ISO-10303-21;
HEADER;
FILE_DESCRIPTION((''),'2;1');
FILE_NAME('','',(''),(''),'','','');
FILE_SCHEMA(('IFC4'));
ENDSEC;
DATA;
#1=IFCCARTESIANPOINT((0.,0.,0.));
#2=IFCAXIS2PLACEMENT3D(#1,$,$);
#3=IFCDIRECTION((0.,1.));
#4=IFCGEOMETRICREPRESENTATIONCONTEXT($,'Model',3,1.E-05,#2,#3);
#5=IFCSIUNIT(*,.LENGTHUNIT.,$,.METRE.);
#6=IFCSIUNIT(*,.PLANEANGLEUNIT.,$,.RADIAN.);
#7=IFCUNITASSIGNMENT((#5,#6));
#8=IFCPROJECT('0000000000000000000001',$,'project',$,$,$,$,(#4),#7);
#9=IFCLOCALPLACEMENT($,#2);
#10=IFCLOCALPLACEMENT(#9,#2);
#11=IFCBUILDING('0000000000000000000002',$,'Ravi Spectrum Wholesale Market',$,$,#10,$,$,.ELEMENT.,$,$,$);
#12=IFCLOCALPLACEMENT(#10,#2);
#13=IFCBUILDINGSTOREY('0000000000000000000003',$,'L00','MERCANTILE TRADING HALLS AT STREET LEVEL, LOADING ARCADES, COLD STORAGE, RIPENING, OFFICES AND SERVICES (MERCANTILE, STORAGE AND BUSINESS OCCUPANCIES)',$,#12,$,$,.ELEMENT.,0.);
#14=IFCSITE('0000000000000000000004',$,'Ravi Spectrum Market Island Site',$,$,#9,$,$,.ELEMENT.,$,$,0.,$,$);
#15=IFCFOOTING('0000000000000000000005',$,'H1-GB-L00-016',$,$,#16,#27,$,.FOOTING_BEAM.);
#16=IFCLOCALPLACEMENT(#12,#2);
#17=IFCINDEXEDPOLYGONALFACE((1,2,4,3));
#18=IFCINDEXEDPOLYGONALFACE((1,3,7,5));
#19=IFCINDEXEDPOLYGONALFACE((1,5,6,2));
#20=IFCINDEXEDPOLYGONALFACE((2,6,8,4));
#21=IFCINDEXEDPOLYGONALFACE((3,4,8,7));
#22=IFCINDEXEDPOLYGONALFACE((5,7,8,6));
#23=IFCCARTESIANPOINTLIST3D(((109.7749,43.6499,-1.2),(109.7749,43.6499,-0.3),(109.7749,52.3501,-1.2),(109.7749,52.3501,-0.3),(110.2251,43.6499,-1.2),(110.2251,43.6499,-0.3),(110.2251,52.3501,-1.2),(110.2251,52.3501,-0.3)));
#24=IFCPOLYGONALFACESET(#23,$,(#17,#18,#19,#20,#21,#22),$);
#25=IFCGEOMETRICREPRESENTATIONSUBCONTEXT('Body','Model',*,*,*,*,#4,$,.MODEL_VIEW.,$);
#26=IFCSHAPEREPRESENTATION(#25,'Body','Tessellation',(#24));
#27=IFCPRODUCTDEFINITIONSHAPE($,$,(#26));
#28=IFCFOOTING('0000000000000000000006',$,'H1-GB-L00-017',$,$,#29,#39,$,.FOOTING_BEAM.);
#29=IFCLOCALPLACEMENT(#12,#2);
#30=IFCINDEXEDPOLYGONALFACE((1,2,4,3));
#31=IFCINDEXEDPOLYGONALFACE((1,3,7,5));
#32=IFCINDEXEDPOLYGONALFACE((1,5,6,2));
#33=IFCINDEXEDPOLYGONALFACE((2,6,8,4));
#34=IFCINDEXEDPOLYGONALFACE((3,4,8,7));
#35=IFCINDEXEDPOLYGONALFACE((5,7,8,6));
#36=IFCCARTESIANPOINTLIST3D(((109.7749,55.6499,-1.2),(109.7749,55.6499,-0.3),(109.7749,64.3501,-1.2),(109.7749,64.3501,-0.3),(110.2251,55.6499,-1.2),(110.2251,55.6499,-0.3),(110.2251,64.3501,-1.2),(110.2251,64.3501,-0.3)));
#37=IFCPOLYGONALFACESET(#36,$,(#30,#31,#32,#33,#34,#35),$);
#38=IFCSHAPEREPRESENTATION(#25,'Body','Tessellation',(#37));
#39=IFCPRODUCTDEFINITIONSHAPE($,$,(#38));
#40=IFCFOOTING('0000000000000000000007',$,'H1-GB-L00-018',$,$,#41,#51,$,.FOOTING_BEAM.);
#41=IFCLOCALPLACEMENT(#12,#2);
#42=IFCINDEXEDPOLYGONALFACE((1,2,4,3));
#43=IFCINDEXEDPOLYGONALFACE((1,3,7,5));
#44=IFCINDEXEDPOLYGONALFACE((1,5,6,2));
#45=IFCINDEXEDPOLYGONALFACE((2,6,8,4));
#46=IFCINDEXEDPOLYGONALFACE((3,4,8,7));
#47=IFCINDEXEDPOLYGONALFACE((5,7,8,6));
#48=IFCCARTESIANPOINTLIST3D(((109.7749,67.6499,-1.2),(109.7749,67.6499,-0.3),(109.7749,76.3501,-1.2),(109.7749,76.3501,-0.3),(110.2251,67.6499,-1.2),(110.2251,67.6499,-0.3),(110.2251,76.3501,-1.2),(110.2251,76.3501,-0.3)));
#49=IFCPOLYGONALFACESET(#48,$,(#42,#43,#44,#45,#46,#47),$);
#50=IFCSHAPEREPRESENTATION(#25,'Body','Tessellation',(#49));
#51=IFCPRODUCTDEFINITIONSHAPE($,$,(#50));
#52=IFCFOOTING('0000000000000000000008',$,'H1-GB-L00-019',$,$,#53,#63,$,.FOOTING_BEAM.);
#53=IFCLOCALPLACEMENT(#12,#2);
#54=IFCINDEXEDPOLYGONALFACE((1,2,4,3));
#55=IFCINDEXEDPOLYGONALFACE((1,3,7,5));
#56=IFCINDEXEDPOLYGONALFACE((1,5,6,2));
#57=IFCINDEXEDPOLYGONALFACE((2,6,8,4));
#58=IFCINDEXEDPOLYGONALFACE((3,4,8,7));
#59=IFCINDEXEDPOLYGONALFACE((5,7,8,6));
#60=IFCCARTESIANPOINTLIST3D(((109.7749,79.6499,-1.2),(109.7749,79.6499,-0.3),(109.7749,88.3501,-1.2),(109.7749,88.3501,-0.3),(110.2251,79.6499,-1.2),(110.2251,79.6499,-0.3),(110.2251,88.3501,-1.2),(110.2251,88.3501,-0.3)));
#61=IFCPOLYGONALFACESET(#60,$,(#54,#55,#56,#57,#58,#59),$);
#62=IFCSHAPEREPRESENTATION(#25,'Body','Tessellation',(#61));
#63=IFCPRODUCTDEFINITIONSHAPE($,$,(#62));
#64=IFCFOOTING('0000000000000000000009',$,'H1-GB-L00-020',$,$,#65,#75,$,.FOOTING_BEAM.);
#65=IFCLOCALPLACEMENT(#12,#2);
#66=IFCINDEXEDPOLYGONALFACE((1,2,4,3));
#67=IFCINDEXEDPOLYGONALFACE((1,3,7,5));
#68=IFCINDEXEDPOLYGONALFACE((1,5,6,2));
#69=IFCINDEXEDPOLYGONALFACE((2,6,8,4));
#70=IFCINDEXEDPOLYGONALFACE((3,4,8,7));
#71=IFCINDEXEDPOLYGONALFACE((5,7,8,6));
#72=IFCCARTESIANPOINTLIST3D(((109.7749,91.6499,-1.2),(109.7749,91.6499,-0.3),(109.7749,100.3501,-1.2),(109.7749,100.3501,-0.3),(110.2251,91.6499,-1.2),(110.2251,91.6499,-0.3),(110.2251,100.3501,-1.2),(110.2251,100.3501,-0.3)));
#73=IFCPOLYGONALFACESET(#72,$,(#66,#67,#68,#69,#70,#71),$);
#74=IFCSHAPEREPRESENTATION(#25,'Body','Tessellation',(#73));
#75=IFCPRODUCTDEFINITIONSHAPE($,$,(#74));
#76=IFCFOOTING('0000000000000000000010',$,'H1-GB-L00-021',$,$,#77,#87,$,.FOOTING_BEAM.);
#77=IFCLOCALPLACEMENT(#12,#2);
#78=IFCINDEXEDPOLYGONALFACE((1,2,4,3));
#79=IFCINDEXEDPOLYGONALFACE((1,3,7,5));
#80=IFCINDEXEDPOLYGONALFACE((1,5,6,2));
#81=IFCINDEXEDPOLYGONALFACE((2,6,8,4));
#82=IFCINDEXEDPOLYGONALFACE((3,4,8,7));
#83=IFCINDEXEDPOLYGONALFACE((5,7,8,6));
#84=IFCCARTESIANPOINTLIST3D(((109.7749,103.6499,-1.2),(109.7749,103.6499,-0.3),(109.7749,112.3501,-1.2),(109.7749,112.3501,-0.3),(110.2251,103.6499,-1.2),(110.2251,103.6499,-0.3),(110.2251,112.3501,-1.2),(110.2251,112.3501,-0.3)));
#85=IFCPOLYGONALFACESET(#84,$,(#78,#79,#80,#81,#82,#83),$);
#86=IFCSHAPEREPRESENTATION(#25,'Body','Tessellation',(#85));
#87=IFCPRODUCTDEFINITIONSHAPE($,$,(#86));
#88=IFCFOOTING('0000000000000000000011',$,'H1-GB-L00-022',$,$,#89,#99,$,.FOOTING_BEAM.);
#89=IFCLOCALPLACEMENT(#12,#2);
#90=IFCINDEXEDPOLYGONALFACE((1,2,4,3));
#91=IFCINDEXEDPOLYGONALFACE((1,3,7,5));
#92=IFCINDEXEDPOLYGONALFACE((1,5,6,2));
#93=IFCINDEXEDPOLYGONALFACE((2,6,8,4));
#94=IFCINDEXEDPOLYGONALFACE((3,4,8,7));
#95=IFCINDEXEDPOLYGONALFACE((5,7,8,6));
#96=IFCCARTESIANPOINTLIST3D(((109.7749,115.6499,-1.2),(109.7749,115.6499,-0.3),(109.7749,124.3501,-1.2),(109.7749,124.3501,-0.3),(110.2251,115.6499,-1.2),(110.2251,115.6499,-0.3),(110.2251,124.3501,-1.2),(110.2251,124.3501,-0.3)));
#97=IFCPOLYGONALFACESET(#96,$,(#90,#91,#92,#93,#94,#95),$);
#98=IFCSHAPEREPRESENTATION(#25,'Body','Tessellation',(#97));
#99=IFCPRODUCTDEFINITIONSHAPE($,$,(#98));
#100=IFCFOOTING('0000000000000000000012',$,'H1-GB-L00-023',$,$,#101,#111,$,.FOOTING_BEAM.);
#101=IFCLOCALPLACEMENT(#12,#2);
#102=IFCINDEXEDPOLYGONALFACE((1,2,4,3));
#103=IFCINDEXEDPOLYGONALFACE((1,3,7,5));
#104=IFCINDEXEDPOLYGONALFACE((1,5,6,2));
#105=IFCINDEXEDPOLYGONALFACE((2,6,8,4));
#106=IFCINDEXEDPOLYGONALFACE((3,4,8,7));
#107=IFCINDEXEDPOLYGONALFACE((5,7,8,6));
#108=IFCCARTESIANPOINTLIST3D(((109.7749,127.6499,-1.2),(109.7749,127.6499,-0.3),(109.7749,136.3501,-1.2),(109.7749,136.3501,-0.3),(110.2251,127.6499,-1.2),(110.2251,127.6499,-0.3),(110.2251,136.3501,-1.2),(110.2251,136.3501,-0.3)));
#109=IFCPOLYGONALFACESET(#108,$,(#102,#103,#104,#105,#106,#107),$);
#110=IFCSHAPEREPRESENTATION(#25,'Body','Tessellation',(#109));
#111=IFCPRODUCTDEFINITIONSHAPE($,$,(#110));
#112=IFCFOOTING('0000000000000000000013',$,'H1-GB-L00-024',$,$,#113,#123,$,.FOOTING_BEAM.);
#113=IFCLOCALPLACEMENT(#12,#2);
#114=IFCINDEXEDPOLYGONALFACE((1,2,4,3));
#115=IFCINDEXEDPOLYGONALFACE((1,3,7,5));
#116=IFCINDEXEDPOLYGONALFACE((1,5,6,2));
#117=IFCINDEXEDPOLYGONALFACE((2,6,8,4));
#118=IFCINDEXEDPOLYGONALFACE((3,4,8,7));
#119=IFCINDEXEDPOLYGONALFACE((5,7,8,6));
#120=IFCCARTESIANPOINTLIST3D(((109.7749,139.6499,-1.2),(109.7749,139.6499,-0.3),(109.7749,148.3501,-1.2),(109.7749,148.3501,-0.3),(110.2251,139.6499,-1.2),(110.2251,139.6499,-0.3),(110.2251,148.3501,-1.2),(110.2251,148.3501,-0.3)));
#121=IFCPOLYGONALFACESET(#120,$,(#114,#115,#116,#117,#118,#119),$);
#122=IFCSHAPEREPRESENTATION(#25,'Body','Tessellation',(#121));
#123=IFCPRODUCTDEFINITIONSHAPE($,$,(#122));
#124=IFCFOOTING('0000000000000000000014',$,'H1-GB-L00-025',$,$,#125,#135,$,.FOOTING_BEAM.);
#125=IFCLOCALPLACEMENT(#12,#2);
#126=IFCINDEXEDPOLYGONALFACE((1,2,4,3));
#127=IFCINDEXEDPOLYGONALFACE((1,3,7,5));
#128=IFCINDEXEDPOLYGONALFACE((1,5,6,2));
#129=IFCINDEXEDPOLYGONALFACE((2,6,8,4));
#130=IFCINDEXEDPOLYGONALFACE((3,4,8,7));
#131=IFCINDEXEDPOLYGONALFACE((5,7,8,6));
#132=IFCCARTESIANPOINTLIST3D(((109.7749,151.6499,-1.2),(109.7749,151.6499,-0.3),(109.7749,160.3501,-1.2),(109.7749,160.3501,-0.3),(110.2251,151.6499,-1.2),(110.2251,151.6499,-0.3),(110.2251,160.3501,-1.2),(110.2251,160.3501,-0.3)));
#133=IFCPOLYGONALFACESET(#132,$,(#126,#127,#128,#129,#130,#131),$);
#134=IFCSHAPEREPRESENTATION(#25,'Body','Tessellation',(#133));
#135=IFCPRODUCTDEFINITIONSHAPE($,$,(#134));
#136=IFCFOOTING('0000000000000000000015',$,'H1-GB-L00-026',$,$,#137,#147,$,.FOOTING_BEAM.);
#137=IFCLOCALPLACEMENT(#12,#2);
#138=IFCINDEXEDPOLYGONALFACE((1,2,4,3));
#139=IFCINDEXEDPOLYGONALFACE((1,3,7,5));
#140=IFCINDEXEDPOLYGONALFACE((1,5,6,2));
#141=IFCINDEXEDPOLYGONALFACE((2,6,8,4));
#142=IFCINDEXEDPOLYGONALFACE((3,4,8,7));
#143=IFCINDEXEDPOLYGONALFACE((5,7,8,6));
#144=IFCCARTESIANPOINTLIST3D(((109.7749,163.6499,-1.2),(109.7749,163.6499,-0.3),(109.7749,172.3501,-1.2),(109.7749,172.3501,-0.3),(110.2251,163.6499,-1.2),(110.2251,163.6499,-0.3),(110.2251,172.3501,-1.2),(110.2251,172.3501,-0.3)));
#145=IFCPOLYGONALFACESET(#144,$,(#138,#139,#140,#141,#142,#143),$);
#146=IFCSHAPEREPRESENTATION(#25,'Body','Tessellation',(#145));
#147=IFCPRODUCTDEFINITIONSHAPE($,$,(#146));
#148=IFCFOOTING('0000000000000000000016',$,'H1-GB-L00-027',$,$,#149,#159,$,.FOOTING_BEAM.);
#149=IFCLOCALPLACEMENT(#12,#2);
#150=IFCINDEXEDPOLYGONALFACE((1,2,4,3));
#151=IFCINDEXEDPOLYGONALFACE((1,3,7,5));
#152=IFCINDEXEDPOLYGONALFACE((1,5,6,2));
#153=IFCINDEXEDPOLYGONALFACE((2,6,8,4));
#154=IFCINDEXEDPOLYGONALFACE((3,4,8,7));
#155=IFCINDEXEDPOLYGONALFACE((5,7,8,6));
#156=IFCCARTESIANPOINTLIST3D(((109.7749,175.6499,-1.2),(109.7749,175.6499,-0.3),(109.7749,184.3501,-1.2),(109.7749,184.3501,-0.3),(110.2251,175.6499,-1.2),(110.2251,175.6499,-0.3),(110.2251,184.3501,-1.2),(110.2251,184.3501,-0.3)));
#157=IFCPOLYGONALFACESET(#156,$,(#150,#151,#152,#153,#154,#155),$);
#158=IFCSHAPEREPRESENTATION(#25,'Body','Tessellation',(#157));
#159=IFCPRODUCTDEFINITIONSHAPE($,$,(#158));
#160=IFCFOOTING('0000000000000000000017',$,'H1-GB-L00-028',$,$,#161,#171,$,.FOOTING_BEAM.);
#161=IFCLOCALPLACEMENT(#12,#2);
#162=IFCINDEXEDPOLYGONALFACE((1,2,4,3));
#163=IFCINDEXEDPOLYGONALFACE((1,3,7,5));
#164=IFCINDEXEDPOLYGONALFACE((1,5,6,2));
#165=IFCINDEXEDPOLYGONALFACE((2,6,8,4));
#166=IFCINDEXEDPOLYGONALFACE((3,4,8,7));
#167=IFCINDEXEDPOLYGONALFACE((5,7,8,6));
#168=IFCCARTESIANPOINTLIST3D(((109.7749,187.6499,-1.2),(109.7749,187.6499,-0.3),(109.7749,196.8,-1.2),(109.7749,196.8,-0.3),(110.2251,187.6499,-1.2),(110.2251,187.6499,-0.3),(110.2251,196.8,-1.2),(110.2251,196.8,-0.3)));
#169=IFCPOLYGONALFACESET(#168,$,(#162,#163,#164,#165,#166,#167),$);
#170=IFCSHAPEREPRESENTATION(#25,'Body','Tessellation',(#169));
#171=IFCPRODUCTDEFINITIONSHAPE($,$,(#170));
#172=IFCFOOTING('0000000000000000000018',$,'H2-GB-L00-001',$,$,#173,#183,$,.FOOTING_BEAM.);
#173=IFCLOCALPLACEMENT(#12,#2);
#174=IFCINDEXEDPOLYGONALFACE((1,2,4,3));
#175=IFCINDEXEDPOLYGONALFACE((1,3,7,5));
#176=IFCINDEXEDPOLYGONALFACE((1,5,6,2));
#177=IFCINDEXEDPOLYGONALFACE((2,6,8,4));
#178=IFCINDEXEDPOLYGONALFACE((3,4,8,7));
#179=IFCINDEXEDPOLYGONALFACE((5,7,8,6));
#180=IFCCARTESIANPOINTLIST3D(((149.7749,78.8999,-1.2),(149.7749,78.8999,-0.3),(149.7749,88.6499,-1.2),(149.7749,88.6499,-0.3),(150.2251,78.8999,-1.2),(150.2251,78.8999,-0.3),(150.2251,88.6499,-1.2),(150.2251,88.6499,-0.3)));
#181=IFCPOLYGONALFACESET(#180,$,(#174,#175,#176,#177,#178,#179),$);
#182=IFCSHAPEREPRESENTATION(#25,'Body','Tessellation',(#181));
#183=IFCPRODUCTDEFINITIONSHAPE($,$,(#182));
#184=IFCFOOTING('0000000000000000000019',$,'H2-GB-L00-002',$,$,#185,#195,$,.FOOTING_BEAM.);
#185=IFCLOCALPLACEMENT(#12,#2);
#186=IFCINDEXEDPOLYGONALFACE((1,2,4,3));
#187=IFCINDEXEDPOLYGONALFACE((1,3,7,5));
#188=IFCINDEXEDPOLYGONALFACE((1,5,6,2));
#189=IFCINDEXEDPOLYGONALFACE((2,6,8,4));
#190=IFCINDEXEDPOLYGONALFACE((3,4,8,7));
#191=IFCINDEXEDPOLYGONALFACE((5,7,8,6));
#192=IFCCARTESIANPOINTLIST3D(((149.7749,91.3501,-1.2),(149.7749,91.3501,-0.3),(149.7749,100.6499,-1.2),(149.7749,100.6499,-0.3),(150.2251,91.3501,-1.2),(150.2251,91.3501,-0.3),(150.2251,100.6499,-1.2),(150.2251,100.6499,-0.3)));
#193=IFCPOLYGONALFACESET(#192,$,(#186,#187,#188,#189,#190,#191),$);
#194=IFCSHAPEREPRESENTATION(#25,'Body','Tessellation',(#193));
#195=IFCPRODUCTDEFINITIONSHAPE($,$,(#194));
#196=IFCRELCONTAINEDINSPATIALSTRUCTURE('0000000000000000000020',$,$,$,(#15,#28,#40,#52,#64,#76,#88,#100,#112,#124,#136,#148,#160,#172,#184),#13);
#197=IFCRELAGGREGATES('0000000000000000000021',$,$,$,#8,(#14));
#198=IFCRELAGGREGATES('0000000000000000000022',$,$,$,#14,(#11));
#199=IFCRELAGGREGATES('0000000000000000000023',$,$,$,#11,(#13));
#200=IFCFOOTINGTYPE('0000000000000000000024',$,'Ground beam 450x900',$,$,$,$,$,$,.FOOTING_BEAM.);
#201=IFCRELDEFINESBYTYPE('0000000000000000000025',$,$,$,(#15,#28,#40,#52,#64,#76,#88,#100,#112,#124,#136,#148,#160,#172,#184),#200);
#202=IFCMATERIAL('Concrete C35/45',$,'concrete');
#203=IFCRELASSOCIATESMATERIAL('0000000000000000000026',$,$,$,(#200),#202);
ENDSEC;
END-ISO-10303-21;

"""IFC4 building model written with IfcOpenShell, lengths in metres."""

from ifc_helpers import new_model, si_unit, direction, frame, origin, place, context, subcontext, project, spatial, polyline, outline, extrude, material, type_object, element, save


model = new_model("IFC4")

# Units and contexts
model_context = context("Model", 3, precision=1e-05, world=origin(), true_north=direction((0.0, 1.0)))
body_context = subcontext(model_context, "Body", "Model", "MODEL_VIEW")
ifc_project = project(units=[si_unit("LENGTHUNIT", "METRE"), si_unit("PLANEANGLEUNIT", "RADIAN")], contexts=[model_context])

# Site, building, storey
site_placement = place(None, origin())
site = spatial("IfcSite", under=ifc_project, at=site_placement, Name="Ravi Spectrum Market Island Site", CompositionType="ELEMENT", RefElevation=0.0)
building_placement = place(site_placement, origin())
building = spatial("IfcBuilding", under=site, at=building_placement, Name="Ravi Spectrum Wholesale Market", CompositionType="ELEMENT")
storey_placement = place(building_placement, origin())
storey = spatial("IfcBuildingStorey", under=building, at=storey_placement, Name="L00", Description="MERCANTILE TRADING HALLS AT STREET LEVEL, LOADING ARCADES, COLD STORAGE, RIPENING, OFFICES AND SERVICES (MERCANTILE, STORAGE AND BUSINESS OCCUPANCIES)", CompositionType="ELEMENT", Elevation=0.0)

# Footings
ifc_material = material(Name="Concrete C35/45", Category="concrete")
footing_type = type_object("IfcFootingType", Name="Ground beam 450x900", PredefinedType="FOOTING_BEAM", material=ifc_material)
footing_1_placement = place(storey_placement, frame((0.0, 0.0, -1.2)))
element("IfcFooting", 1, at=footing_1_placement, inside=storey, type_object=footing_type, Name="H1-GB-L00-016", PredefinedType="FOOTING_BEAM", context=body_context, shape_type="SweptSolid", body=[
    extrude(outline(polyline([(109.7749, 43.6499), (109.7749, 52.3501), (110.2251, 52.3501), (110.2251, 43.6499), (109.7749, 43.6499)])), origin(), (0.0, 0.0, 1.0), 0.8999),
])
footing_2_placement = place(storey_placement, frame((0.0, 0.0, -1.2)))
element("IfcFooting", 2, at=footing_2_placement, inside=storey, type_object=footing_type, Name="H1-GB-L00-017", PredefinedType="FOOTING_BEAM", context=body_context, shape_type="SweptSolid", body=[
    extrude(outline(polyline([(109.7749, 55.6499), (109.7749, 64.3501), (110.2251, 64.3501), (110.2251, 55.6499), (109.7749, 55.6499)])), origin(), (0.0, 0.0, 1.0), 0.8999),
])
footing_3_placement = place(storey_placement, frame((0.0, 0.0, -1.2)))
element("IfcFooting", 3, at=footing_3_placement, inside=storey, type_object=footing_type, Name="H1-GB-L00-018", PredefinedType="FOOTING_BEAM", context=body_context, shape_type="SweptSolid", body=[
    extrude(outline(polyline([(109.7749, 67.6499), (109.7749, 76.3501), (110.2251, 76.3501), (110.2251, 67.6499), (109.7749, 67.6499)])), origin(), (0.0, 0.0, 1.0), 0.8999),
])
footing_4_placement = place(storey_placement, frame((0.0, 0.0, -1.2)))
element("IfcFooting", 4, at=footing_4_placement, inside=storey, type_object=footing_type, Name="H1-GB-L00-019", PredefinedType="FOOTING_BEAM", context=body_context, shape_type="SweptSolid", body=[
    extrude(outline(polyline([(109.7749, 79.6499), (109.7749, 88.3501), (110.2251, 88.3501), (110.2251, 79.6499), (109.7749, 79.6499)])), origin(), (0.0, 0.0, 1.0), 0.8999),
])
footing_5_placement = place(storey_placement, frame((0.0, 0.0, -1.2)))
element("IfcFooting", 5, at=footing_5_placement, inside=storey, type_object=footing_type, Name="H1-GB-L00-020", PredefinedType="FOOTING_BEAM", context=body_context, shape_type="SweptSolid", body=[
    extrude(outline(polyline([(109.7749, 91.6499), (109.7749, 100.3501), (110.2251, 100.3501), (110.2251, 91.6499), (109.7749, 91.6499)])), origin(), (0.0, 0.0, 1.0), 0.8999),
])
footing_6_placement = place(storey_placement, frame((0.0, 0.0, -1.2)))
element("IfcFooting", 6, at=footing_6_placement, inside=storey, type_object=footing_type, Name="H1-GB-L00-021", PredefinedType="FOOTING_BEAM", context=body_context, shape_type="SweptSolid", body=[
    extrude(outline(polyline([(109.7749, 103.6499), (109.7749, 112.3501), (110.2251, 112.3501), (110.2251, 103.6499), (109.7749, 103.6499)])), origin(), (0.0, 0.0, 1.0), 0.8999),
])
footing_7_placement = place(storey_placement, frame((0.0, 0.0, -1.2)))
element("IfcFooting", 7, at=footing_7_placement, inside=storey, type_object=footing_type, Name="H1-GB-L00-022", PredefinedType="FOOTING_BEAM", context=body_context, shape_type="SweptSolid", body=[
    extrude(outline(polyline([(109.7749, 115.6499), (109.7749, 124.3501), (110.2251, 124.3501), (110.2251, 115.6499), (109.7749, 115.6499)])), origin(), (0.0, 0.0, 1.0), 0.8999),
])
footing_8_placement = place(storey_placement, frame((0.0, 0.0, -1.2)))
element("IfcFooting", 8, at=footing_8_placement, inside=storey, type_object=footing_type, Name="H1-GB-L00-023", PredefinedType="FOOTING_BEAM", context=body_context, shape_type="SweptSolid", body=[
    extrude(outline(polyline([(109.7749, 127.6499), (109.7749, 136.3501), (110.2251, 136.3501), (110.2251, 127.6499), (109.7749, 127.6499)])), origin(), (0.0, 0.0, 1.0), 0.8999),
])
footing_9_placement = place(storey_placement, frame((0.0, 0.0, -1.2)))
element("IfcFooting", 9, at=footing_9_placement, inside=storey, type_object=footing_type, Name="H1-GB-L00-024", PredefinedType="FOOTING_BEAM", context=body_context, shape_type="SweptSolid", body=[
    extrude(outline(polyline([(109.7749, 139.6499), (109.7749, 148.3501), (110.2251, 148.3501), (110.2251, 139.6499), (109.7749, 139.6499)])), origin(), (0.0, 0.0, 1.0), 0.8999),
])
footing_10_placement = place(storey_placement, frame((0.0, 0.0, -1.2)))
element("IfcFooting", 10, at=footing_10_placement, inside=storey, type_object=footing_type, Name="H1-GB-L00-025", PredefinedType="FOOTING_BEAM", context=body_context, shape_type="SweptSolid", body=[
    extrude(outline(polyline([(109.7749, 151.6499), (109.7749, 160.3501), (110.2251, 160.3501), (110.2251, 151.6499), (109.7749, 151.6499)])), origin(), (0.0, 0.0, 1.0), 0.8999),
])
footing_11_placement = place(storey_placement, frame((0.0, 0.0, -1.2)))
element("IfcFooting", 11, at=footing_11_placement, inside=storey, type_object=footing_type, Name="H1-GB-L00-026", PredefinedType="FOOTING_BEAM", context=body_context, shape_type="SweptSolid", body=[
    extrude(outline(polyline([(109.7749, 163.6499), (109.7749, 172.3501), (110.2251, 172.3501), (110.2251, 163.6499), (109.7749, 163.6499)])), origin(), (0.0, 0.0, 1.0), 0.8999),
])
footing_12_placement = place(storey_placement, frame((0.0, 0.0, -1.2)))
element("IfcFooting", 12, at=footing_12_placement, inside=storey, type_object=footing_type, Name="H1-GB-L00-027", PredefinedType="FOOTING_BEAM", context=body_context, shape_type="SweptSolid", body=[
    extrude(outline(polyline([(109.7749, 175.6499), (109.7749, 184.3501), (110.2251, 184.3501), (110.2251, 175.6499), (109.7749, 175.6499)])), origin(), (0.0, 0.0, 1.0), 0.8999),
])
footing_13_placement = place(storey_placement, frame((0.0, 0.0, -1.2)))
element("IfcFooting", 13, at=footing_13_placement, inside=storey, type_object=footing_type, Name="H1-GB-L00-028", PredefinedType="FOOTING_BEAM", context=body_context, shape_type="SweptSolid", body=[
    extrude(outline(polyline([(109.7749, 187.6499), (109.7749, 196.8), (110.2251, 196.8), (110.2251, 187.6499), (109.7749, 187.6499)])), origin(), (0.0, 0.0, 1.0), 0.8999),
])
footing_14_placement = place(storey_placement, frame((0.0, 0.0, -1.2)))
element("IfcFooting", 14, at=footing_14_placement, inside=storey, type_object=footing_type, Name="H2-GB-L00-001", PredefinedType="FOOTING_BEAM", context=body_context, shape_type="SweptSolid", body=[
    extrude(outline(polyline([(149.7749, 78.8999), (149.7749, 88.6499), (150.2251, 88.6499), (150.2251, 78.8999), (149.7749, 78.8999)])), origin(), (0.0, 0.0, 1.0), 0.8999),
])
footing_15_placement = place(storey_placement, frame((0.0, 0.0, -1.2)))
element("IfcFooting", 15, at=footing_15_placement, inside=storey, type_object=footing_type, Name="H2-GB-L00-002", PredefinedType="FOOTING_BEAM", context=body_context, shape_type="SweptSolid", body=[
    extrude(outline(polyline([(149.7749, 91.3501), (149.7749, 100.6499), (150.2251, 100.6499), (150.2251, 91.3501), (149.7749, 91.3501)])), origin(), (0.0, 0.0, 1.0), 0.8999),
])

save(model, "model.ifc")
